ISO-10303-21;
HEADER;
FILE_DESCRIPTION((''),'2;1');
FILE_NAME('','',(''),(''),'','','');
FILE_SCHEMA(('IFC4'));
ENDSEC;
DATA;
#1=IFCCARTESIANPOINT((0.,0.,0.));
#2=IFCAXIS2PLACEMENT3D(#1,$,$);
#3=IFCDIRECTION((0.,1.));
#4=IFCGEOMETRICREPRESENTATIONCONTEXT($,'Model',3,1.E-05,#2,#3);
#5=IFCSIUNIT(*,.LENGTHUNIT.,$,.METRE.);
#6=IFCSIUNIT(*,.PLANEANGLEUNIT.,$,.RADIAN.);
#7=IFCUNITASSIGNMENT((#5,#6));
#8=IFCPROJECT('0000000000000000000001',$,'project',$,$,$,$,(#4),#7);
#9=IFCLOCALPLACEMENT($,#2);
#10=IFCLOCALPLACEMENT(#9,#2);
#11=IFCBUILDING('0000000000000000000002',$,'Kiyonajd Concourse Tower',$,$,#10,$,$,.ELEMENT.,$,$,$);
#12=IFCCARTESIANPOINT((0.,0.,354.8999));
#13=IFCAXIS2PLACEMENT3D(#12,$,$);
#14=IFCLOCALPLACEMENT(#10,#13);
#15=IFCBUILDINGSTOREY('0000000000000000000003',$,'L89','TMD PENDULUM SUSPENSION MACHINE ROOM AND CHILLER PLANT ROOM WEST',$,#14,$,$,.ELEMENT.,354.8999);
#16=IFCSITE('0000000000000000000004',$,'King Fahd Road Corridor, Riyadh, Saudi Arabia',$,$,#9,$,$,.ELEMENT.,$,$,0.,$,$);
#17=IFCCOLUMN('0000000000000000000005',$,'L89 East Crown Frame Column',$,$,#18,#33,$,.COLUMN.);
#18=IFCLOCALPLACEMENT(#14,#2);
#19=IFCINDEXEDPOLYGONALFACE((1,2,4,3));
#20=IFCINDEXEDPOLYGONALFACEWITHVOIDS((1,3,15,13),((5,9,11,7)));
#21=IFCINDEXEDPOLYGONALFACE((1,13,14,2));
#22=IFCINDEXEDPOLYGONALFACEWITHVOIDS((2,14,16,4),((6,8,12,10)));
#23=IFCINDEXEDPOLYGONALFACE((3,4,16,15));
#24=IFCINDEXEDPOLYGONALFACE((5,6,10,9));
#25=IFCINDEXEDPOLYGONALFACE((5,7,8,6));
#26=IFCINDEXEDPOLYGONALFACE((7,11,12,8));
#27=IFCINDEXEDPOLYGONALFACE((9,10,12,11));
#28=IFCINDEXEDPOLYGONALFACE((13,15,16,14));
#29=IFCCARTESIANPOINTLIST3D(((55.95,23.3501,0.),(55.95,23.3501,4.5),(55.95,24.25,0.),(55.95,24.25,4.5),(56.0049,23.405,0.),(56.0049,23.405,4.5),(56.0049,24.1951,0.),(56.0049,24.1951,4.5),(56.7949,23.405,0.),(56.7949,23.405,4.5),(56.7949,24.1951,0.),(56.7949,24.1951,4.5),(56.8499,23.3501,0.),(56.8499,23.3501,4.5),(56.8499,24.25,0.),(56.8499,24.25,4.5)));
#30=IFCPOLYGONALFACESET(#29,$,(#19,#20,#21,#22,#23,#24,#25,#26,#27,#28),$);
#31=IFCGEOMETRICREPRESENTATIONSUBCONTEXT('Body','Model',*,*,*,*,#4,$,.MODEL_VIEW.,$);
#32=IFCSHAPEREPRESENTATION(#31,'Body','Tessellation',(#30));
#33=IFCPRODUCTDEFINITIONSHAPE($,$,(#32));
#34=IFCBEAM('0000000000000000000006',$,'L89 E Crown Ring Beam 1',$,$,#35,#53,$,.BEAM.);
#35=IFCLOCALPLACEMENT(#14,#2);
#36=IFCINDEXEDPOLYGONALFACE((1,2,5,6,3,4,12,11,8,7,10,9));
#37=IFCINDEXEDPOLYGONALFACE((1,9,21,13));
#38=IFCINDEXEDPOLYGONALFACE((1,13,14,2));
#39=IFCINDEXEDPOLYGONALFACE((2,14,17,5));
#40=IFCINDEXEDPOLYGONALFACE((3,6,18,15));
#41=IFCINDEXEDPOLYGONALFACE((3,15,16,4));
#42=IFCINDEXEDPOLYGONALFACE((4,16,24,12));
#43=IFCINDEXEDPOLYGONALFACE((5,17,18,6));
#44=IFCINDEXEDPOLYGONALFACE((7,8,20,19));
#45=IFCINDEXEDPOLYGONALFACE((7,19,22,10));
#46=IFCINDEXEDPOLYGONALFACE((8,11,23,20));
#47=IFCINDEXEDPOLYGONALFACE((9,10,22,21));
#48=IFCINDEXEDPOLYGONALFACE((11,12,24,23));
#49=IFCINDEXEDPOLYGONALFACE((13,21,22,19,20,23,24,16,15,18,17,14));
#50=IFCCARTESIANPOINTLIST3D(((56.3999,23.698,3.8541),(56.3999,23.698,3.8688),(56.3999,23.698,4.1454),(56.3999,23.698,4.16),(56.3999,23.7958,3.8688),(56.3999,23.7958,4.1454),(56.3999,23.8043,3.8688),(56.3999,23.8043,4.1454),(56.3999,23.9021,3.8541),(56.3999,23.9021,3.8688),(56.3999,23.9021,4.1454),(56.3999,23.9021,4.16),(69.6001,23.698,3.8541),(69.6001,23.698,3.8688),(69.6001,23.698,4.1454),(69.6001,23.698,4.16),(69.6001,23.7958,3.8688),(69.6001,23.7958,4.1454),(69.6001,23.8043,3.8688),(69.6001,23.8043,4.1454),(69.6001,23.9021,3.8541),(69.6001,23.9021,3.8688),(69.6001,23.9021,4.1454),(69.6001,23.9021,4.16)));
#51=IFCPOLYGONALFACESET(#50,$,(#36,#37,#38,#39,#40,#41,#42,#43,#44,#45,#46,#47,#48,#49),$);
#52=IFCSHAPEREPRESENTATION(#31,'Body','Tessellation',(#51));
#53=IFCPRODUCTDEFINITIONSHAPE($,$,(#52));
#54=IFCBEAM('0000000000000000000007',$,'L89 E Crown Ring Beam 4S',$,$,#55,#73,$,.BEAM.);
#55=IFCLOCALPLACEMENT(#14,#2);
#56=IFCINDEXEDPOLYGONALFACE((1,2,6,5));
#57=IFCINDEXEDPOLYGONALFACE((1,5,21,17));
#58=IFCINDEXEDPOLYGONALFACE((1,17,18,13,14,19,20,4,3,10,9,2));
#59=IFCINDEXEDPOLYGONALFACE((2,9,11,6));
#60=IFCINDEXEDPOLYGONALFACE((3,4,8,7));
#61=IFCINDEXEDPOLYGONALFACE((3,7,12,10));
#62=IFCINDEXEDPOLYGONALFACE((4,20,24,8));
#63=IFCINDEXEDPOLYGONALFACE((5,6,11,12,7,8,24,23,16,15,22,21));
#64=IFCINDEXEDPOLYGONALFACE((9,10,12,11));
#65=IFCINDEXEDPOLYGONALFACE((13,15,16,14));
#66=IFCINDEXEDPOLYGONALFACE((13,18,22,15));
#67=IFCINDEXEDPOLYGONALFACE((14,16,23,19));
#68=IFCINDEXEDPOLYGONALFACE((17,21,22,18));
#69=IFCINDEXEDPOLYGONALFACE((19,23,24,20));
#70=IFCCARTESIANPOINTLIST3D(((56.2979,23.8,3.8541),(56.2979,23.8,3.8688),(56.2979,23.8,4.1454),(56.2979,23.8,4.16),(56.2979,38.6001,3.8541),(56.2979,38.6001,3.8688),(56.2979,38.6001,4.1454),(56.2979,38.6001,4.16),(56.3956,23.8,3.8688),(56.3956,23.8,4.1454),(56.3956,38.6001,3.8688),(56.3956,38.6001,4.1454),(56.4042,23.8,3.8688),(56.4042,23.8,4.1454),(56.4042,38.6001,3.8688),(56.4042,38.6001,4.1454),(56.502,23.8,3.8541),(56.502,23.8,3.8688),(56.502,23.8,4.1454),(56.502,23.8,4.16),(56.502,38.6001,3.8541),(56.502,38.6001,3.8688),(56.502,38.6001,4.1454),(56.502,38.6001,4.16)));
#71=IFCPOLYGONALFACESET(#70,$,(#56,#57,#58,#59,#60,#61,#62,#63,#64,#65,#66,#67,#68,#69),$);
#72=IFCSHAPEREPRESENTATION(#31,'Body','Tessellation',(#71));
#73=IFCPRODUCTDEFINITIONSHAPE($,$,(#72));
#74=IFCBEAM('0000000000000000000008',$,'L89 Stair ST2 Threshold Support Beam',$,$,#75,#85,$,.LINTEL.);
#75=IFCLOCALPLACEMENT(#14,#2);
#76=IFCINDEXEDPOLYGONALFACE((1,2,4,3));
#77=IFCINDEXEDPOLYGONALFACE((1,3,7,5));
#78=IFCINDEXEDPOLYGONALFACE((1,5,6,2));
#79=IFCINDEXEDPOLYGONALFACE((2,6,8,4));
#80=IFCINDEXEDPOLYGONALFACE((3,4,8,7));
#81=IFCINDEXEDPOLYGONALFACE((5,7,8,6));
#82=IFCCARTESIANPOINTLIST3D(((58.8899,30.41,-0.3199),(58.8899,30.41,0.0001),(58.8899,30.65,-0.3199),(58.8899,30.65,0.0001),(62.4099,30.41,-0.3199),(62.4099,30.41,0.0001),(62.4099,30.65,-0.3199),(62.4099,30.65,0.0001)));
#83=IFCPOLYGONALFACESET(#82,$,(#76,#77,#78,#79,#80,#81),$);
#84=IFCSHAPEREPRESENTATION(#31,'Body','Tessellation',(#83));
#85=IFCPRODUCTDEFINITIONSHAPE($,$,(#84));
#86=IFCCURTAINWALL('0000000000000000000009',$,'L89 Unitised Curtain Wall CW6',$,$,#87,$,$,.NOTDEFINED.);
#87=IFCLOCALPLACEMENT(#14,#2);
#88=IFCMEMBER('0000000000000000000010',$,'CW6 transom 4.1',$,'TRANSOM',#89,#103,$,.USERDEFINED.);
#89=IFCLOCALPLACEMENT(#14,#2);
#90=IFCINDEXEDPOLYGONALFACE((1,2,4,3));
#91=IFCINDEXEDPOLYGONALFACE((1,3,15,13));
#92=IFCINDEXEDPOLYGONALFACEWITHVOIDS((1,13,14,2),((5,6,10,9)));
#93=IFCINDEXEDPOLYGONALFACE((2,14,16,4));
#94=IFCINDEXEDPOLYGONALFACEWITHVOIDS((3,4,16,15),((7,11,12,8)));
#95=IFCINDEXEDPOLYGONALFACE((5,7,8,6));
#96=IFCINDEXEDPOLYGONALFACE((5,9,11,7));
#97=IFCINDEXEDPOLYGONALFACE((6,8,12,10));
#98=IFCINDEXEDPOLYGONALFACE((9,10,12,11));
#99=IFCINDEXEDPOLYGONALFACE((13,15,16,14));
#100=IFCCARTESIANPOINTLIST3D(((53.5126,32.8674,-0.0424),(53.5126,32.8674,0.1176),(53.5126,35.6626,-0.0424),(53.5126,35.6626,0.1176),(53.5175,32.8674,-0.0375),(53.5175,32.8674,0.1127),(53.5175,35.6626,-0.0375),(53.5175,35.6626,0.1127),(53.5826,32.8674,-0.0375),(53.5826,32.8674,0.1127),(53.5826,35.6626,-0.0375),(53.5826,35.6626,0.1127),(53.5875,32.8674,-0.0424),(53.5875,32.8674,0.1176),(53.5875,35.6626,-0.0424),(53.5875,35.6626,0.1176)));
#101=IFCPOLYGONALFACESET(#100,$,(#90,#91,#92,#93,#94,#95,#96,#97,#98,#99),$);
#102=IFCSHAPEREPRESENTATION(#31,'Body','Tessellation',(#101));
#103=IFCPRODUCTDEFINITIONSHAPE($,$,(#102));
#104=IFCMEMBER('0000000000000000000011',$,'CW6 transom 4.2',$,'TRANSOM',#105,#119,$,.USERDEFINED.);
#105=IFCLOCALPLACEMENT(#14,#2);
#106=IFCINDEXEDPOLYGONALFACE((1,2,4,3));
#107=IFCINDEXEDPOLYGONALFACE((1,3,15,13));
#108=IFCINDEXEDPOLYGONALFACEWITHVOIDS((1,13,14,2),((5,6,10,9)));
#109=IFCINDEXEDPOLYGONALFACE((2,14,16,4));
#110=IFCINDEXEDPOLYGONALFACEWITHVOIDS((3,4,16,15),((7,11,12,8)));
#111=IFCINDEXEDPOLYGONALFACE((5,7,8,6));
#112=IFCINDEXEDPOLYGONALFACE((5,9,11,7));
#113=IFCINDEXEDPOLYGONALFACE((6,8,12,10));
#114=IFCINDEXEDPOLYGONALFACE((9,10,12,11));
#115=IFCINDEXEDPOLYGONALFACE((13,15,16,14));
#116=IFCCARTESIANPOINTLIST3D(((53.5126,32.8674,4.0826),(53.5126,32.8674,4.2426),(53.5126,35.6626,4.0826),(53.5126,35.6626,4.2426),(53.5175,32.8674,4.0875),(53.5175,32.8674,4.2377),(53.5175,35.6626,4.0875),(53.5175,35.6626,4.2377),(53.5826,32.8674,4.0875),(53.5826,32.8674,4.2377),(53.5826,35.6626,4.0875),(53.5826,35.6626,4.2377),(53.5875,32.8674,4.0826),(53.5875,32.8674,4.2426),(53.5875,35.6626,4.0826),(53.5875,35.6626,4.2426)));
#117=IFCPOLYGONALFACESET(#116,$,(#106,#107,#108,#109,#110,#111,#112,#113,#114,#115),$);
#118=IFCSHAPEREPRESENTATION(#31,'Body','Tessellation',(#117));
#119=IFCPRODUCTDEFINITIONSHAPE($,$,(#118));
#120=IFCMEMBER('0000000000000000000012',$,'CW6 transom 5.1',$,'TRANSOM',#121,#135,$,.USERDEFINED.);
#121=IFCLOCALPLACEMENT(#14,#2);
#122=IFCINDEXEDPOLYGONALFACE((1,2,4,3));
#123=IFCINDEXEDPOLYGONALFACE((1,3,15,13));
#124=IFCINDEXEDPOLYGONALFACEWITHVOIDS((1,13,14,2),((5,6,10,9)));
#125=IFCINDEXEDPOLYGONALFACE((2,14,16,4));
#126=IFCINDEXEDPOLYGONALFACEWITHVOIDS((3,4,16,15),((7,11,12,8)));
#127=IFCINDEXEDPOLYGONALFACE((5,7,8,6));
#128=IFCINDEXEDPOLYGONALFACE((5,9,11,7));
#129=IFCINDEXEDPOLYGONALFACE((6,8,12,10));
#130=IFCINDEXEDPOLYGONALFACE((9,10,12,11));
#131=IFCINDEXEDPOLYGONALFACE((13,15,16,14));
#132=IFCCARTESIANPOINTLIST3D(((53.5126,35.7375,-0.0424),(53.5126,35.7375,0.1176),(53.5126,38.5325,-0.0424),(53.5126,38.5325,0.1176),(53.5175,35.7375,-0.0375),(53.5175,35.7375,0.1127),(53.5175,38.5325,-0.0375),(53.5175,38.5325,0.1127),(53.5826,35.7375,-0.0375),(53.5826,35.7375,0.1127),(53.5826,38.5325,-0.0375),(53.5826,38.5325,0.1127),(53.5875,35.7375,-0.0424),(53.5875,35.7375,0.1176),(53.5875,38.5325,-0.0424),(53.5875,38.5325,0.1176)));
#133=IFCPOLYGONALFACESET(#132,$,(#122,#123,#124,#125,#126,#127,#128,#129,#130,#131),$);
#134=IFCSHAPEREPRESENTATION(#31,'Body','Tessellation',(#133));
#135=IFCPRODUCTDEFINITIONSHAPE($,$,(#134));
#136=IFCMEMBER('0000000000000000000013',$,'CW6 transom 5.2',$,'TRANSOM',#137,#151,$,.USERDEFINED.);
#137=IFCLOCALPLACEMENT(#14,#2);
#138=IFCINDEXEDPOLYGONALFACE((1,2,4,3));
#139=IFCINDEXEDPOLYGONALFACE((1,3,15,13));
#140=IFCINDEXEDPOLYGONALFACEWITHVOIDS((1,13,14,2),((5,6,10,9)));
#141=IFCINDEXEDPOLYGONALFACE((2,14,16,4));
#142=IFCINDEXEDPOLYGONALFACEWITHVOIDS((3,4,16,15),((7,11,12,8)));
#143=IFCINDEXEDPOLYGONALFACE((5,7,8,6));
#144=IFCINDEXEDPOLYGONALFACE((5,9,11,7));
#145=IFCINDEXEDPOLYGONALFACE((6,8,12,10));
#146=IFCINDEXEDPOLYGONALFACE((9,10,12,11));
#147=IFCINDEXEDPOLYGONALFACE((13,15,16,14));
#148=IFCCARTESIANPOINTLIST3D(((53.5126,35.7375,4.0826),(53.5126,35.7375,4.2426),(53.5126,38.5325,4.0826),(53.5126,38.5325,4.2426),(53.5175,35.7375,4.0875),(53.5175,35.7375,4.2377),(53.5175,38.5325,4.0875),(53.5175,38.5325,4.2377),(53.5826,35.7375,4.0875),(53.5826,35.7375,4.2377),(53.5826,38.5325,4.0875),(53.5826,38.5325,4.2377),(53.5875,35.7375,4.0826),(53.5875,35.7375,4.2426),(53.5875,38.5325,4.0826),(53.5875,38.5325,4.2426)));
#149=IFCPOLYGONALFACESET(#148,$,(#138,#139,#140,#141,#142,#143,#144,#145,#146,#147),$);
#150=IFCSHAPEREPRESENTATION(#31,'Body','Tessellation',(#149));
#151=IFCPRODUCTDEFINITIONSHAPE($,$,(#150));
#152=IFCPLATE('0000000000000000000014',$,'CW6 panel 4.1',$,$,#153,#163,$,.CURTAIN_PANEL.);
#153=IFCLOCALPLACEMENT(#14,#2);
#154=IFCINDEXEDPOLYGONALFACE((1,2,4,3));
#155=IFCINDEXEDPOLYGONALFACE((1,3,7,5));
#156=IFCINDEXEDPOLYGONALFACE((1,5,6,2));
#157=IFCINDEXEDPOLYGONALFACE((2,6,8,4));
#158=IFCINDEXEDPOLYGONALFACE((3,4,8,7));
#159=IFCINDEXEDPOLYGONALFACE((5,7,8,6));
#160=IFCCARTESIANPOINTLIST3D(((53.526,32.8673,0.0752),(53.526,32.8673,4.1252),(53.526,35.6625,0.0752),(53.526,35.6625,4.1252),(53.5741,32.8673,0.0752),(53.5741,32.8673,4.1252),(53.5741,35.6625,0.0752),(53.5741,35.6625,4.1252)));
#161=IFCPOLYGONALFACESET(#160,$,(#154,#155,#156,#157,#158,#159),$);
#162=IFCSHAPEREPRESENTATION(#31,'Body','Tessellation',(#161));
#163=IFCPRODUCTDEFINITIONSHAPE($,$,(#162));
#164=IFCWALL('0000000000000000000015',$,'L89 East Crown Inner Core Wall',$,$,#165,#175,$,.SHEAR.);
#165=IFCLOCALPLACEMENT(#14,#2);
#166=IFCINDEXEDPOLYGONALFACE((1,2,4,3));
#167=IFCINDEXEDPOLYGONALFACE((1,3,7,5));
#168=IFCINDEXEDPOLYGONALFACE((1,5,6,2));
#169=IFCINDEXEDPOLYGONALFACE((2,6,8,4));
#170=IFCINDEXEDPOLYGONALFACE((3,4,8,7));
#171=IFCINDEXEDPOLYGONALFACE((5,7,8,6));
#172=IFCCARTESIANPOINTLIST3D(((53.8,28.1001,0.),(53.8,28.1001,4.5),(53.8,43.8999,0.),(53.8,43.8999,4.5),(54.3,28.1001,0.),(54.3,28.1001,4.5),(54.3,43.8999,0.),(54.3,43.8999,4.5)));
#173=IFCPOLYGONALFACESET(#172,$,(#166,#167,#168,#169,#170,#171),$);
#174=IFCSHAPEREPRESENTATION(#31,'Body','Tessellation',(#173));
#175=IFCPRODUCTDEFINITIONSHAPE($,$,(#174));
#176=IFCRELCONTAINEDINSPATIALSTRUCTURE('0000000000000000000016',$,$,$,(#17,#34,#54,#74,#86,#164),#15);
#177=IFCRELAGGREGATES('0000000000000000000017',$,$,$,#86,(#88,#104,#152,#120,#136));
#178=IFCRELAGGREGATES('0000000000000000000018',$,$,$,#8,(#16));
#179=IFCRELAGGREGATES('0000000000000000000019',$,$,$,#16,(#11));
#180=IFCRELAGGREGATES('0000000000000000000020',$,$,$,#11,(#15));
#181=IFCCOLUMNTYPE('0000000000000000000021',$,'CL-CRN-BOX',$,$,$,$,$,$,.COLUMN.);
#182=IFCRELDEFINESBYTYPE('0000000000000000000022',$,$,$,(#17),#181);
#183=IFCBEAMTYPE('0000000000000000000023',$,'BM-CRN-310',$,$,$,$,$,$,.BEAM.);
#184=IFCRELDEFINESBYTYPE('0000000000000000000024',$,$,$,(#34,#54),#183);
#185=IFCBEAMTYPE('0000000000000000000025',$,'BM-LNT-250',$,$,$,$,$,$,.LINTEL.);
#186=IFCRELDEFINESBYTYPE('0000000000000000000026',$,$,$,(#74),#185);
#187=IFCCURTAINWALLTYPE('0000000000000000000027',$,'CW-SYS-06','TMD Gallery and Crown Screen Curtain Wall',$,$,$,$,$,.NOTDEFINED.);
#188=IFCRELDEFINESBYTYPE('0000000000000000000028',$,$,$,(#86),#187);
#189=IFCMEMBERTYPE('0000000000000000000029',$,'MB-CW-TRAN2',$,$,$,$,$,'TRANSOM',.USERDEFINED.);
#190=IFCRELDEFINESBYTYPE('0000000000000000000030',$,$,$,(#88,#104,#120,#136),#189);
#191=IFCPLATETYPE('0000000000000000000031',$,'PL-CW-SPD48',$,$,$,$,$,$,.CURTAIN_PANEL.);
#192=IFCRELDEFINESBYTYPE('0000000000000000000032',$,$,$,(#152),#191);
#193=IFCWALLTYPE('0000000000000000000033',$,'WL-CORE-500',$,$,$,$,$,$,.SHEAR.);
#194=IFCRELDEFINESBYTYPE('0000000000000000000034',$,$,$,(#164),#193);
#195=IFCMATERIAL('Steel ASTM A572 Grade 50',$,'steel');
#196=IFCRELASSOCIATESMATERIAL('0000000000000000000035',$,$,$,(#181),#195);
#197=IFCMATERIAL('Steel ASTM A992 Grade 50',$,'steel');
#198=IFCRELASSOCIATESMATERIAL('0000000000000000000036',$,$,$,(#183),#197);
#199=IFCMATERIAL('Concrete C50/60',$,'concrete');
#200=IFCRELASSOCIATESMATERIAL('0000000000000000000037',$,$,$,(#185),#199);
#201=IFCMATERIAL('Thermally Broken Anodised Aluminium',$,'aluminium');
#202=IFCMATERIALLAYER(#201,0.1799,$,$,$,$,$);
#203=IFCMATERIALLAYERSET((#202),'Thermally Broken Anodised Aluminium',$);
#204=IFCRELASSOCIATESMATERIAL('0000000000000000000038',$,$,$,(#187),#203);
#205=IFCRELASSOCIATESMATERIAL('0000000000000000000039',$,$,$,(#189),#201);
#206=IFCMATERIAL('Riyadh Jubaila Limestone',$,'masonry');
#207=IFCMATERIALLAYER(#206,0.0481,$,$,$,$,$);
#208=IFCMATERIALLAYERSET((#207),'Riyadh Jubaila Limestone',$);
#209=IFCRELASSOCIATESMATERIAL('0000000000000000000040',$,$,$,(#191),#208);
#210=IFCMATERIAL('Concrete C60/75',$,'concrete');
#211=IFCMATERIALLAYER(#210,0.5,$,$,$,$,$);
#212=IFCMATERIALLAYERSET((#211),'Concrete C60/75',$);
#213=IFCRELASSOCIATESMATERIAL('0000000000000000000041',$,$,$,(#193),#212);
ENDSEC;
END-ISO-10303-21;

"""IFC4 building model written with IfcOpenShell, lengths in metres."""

from ifc_helpers import new_model, si_unit, direction, frame, frame_2d, origin, origin_2d, place, context, subcontext, project, spatial, rectangle, hollow_rectangle, i_section, extrude, material, layer, layer_set, material_profile, profile_set, type_object, element, aggregate, save


model = new_model("IFC4")

# Units and contexts
model_context = context("Model", 3, precision=1e-05, world=origin(), true_north=direction((0.0, 1.0)))
body_context = subcontext(model_context, "Body", "Model", "MODEL_VIEW")
ifc_project = project(units=[si_unit("LENGTHUNIT", "METRE"), si_unit("PLANEANGLEUNIT", "RADIAN")], contexts=[model_context])

# Site, building, storey
site_placement = place(None, origin())
site = spatial("IfcSite", under=ifc_project, at=site_placement, Name="King Fahd Road Corridor, Riyadh, Saudi Arabia", CompositionType="ELEMENT", RefElevation=0.0)
building_placement = place(site_placement, origin())
building = spatial("IfcBuilding", under=site, at=building_placement, Name="Kiyonajd Concourse Tower", CompositionType="ELEMENT")
storey_placement = place(building_placement, frame((0.0, 0.0, 354.8999)))
storey = spatial("IfcBuildingStorey", under=building, at=storey_placement, Name="L89", Description="TMD PENDULUM SUSPENSION MACHINE ROOM AND CHILLER PLANT ROOM WEST", CompositionType="ELEMENT", Elevation=354.8999)

# Column
ifc_material_1 = material(Name="Steel ASTM A572 Grade 50", Category="steel")
ifc_material_profile_1 = material_profile(ifc_material_1, hollow_rectangle(XDim=0.8999, YDim=0.8999, WallThickness=0.0549, at=origin_2d()), Name="BOX-900x900x55")
ifc_profile_set_1 = profile_set([ifc_material_profile_1], Name="Steel ASTM A572 Grade 50")
column_type = type_object("IfcColumnType", Name="CL-CRN-BOX", PredefinedType="COLUMN", material=ifc_profile_set_1)
column_placement = place(storey_placement, frame((56.3999, 23.8, 0.0), z_axis=(0.0, 0.0, 1.0), x_axis=(1.0, 0.0, 0.0)))
element("IfcColumn", 1, at=column_placement, inside=storey, type_object=column_type, Name="L89 East Crown Frame Column", PredefinedType="COLUMN", context=body_context, shape_type="SweptSolid", body=[
    extrude(hollow_rectangle(XDim=0.8999, YDim=0.8999, WallThickness=0.0549, at=origin_2d()), origin(), (0.0, 0.0, 1.0), 4.5),
])

# Beams
ifc_material_2 = material(Name="Steel ASTM A992 Grade 50", Category="steel")
ifc_material_profile_2 = material_profile(ifc_material_2, i_section(OverallWidth=0.2041, OverallDepth=0.3059, WebThickness=0.0085, FlangeThickness=0.0146, at=origin_2d()), Name="W310X67")
ifc_profile_set_2 = profile_set([ifc_material_profile_2], Name="Steel ASTM A992 Grade 50")
beam_type_1 = type_object("IfcBeamType", Name="BM-CRN-310", PredefinedType="BEAM", material=ifc_profile_set_2)
beam_1_placement = place(storey_placement, frame((56.3999, 23.8, 4.0071), z_axis=(1.0, 0.0, 0.0), x_axis=(0.0, 1.0, 0.0)))
element("IfcBeam", 2, at=beam_1_placement, inside=storey, type_object=beam_type_1, Name="L89 E Crown Ring Beam 1", PredefinedType="BEAM", context=body_context, shape_type="SweptSolid", body=[
    extrude(i_section(OverallWidth=0.2041, OverallDepth=0.3059, WebThickness=0.0085, FlangeThickness=0.0146, at=origin_2d()), origin(), (0.0, 0.0, 1.0), 13.2002),
])
beam_2_placement = place(storey_placement, frame((56.3999, 23.8, 4.0071), z_axis=(0.0, 1.0, 0.0), x_axis=(-1.0, 0.0, 0.0)))
element("IfcBeam", 3, at=beam_2_placement, inside=storey, type_object=beam_type_1, Name="L89 E Crown Ring Beam 4S", PredefinedType="BEAM", context=body_context, shape_type="SweptSolid", body=[
    extrude(i_section(OverallWidth=0.2041, OverallDepth=0.3059, WebThickness=0.0085, FlangeThickness=0.0146, at=origin_2d()), origin(), (0.0, 0.0, 1.0), 14.8),
])
ifc_material_3 = material(Name="Concrete C50/60", Category="concrete")
ifc_material_profile_3 = material_profile(ifc_material_3, rectangle(XDim=0.24, YDim=0.3201, at=origin_2d()), Name="RCBM-240x320")
ifc_profile_set_3 = profile_set([ifc_material_profile_3], Name="Concrete C50/60")
beam_type_2 = type_object("IfcBeamType", Name="BM-LNT-250", PredefinedType="LINTEL", material=ifc_profile_set_3)
beam_3_placement = place(storey_placement, frame((58.8899, 30.53, -0.1599), z_axis=(1.0, 0.0, 0.0), x_axis=(0.0, 1.0, 0.0)))
element("IfcBeam", 4, at=beam_3_placement, inside=storey, type_object=beam_type_2, Name="L89 Stair ST2 Threshold Support Beam", PredefinedType="LINTEL", context=body_context, shape_type="SweptSolid", body=[
    extrude(rectangle(XDim=0.24, YDim=0.3201, at=origin_2d()), origin(), (0.0, 0.0, 1.0), 3.52),
])

# Curtain wall, members, plate
ifc_material_4 = material(Name="Thermally Broken Anodised Aluminium", Category="aluminium")
ifc_layer_1 = layer(ifc_material_4, 0.1799)
ifc_layer_set_1 = layer_set([ifc_layer_1], Name="Thermally Broken Anodised Aluminium")
curtain_wall_type = type_object("IfcCurtainWallType", Name="CW-SYS-06", Description="TMD Gallery and Crown Screen Curtain Wall", PredefinedType="NOTDEFINED", material=ifc_layer_set_1)
curtain_wall_placement = place(storey_placement, origin())
curtain_wall = element("IfcCurtainWall", 5, at=curtain_wall_placement, inside=storey, type_object=curtain_wall_type, Name="L89 Unitised Curtain Wall CW6", PredefinedType="NOTDEFINED")
ifc_material_profile_4 = material_profile(ifc_material_4, hollow_rectangle(XDim=0.075, YDim=0.1599, WallThickness=0.0049, at=origin_2d()), Name="TRAN-75x160")
ifc_profile_set_4 = profile_set([ifc_material_profile_4], Name="Thermally Broken Anodised Aluminium")
member_type = type_object("IfcMemberType", Name="MB-CW-TRAN2", ElementType="TRANSOM", PredefinedType="USERDEFINED", material=ifc_profile_set_4)
member_1_placement = place(storey_placement, frame((53.55, 32.8674, 0.0376), z_axis=(0.0, 1.0, 0.0), x_axis=(-1.0, 0.0, 0.0)))
member_1 = element("IfcMember", 6, at=member_1_placement, type_object=member_type, Name="CW6 transom 4.1", ObjectType="TRANSOM", PredefinedType="USERDEFINED", context=body_context, shape_type="SweptSolid", body=[
    extrude(hollow_rectangle(XDim=0.075, YDim=0.1599, WallThickness=0.0049, at=origin_2d()), origin(), (0.0, 0.0, 1.0), 2.7952),
])
member_2_placement = place(storey_placement, frame((53.55, 32.8674, 4.1626), z_axis=(0.0, 1.0, 0.0), x_axis=(-1.0, 0.0, 0.0)))
member_2 = element("IfcMember", 7, at=member_2_placement, type_object=member_type, Name="CW6 transom 4.2", ObjectType="TRANSOM", PredefinedType="USERDEFINED", context=body_context, shape_type="SweptSolid", body=[
    extrude(hollow_rectangle(XDim=0.075, YDim=0.1599, WallThickness=0.0049, at=origin_2d()), origin(), (0.0, 0.0, 1.0), 2.7952),
])
member_3_placement = place(storey_placement, frame((53.55, 35.7375, 0.0376), z_axis=(0.0, 1.0, 0.0), x_axis=(-1.0, 0.0, 0.0)))
member_3 = element("IfcMember", 8, at=member_3_placement, type_object=member_type, Name="CW6 transom 5.1", ObjectType="TRANSOM", PredefinedType="USERDEFINED", context=body_context, shape_type="SweptSolid", body=[
    extrude(hollow_rectangle(XDim=0.075, YDim=0.1599, WallThickness=0.0049, at=origin_2d()), origin(), (0.0, 0.0, 1.0), 2.7949),
])
member_4_placement = place(storey_placement, frame((53.55, 35.7375, 4.1626), z_axis=(0.0, 1.0, 0.0), x_axis=(-1.0, 0.0, 0.0)))
member_4 = element("IfcMember", 9, at=member_4_placement, type_object=member_type, Name="CW6 transom 5.2", ObjectType="TRANSOM", PredefinedType="USERDEFINED", context=body_context, shape_type="SweptSolid", body=[
    extrude(hollow_rectangle(XDim=0.075, YDim=0.1599, WallThickness=0.0049, at=origin_2d()), origin(), (0.0, 0.0, 1.0), 2.7949),
])
ifc_material_5 = material(Name="Riyadh Jubaila Limestone", Category="masonry")
ifc_layer_2 = layer(ifc_material_5, 0.0481)
ifc_layer_set_2 = layer_set([ifc_layer_2], Name="Riyadh Jubaila Limestone")
plate_type = type_object("IfcPlateType", Name="PL-CW-SPD48", PredefinedType="CURTAIN_PANEL", material=ifc_layer_set_2)
plate_placement = place(storey_placement, frame((53.55, 34.2649, 0.0752), z_axis=(0.0, 0.0, 1.0), x_axis=(0.0, 1.0, 0.0)))
plate = element("IfcPlate", 10, at=plate_placement, type_object=plate_type, Name="CW6 panel 4.1", PredefinedType="CURTAIN_PANEL", context=body_context, shape_type="SweptSolid", body=[
    extrude(rectangle(XDim=2.7952, YDim=0.0481, at=origin_2d()), origin(), (0.0, 0.0, 1.0), 4.05),
])
aggregate(curtain_wall, [member_1, member_2, plate, member_3, member_4])

# Wall
ifc_material_6 = material(Name="Concrete C60/75", Category="concrete")
ifc_layer_3 = layer(ifc_material_6, 0.5)
ifc_layer_set_3 = layer_set([ifc_layer_3], Name="Concrete C60/75")
wall_type_1 = type_object("IfcWallType", Name="WL-CORE-500", PredefinedType="SHEAR", material=ifc_layer_set_3)
wall_1_placement = place(storey_placement, frame((54.05, 28.1001, 0.0), z_axis=(0.0, 0.0, 1.0), x_axis=(0.0, 1.0, 0.0)))
element("IfcWall", 11, at=wall_1_placement, inside=storey, type_object=wall_type_1, Name="L89 East Crown Inner Core Wall", PredefinedType="SHEAR", context=body_context, shape_type="SweptSolid", body=[
    extrude(rectangle(XDim=15.7998, YDim=0.5, at=frame_2d((7.8999, 0.0))), origin(), (0.0, 0.0, 1.0), 4.5),
])

save(model, "model.ifc")
